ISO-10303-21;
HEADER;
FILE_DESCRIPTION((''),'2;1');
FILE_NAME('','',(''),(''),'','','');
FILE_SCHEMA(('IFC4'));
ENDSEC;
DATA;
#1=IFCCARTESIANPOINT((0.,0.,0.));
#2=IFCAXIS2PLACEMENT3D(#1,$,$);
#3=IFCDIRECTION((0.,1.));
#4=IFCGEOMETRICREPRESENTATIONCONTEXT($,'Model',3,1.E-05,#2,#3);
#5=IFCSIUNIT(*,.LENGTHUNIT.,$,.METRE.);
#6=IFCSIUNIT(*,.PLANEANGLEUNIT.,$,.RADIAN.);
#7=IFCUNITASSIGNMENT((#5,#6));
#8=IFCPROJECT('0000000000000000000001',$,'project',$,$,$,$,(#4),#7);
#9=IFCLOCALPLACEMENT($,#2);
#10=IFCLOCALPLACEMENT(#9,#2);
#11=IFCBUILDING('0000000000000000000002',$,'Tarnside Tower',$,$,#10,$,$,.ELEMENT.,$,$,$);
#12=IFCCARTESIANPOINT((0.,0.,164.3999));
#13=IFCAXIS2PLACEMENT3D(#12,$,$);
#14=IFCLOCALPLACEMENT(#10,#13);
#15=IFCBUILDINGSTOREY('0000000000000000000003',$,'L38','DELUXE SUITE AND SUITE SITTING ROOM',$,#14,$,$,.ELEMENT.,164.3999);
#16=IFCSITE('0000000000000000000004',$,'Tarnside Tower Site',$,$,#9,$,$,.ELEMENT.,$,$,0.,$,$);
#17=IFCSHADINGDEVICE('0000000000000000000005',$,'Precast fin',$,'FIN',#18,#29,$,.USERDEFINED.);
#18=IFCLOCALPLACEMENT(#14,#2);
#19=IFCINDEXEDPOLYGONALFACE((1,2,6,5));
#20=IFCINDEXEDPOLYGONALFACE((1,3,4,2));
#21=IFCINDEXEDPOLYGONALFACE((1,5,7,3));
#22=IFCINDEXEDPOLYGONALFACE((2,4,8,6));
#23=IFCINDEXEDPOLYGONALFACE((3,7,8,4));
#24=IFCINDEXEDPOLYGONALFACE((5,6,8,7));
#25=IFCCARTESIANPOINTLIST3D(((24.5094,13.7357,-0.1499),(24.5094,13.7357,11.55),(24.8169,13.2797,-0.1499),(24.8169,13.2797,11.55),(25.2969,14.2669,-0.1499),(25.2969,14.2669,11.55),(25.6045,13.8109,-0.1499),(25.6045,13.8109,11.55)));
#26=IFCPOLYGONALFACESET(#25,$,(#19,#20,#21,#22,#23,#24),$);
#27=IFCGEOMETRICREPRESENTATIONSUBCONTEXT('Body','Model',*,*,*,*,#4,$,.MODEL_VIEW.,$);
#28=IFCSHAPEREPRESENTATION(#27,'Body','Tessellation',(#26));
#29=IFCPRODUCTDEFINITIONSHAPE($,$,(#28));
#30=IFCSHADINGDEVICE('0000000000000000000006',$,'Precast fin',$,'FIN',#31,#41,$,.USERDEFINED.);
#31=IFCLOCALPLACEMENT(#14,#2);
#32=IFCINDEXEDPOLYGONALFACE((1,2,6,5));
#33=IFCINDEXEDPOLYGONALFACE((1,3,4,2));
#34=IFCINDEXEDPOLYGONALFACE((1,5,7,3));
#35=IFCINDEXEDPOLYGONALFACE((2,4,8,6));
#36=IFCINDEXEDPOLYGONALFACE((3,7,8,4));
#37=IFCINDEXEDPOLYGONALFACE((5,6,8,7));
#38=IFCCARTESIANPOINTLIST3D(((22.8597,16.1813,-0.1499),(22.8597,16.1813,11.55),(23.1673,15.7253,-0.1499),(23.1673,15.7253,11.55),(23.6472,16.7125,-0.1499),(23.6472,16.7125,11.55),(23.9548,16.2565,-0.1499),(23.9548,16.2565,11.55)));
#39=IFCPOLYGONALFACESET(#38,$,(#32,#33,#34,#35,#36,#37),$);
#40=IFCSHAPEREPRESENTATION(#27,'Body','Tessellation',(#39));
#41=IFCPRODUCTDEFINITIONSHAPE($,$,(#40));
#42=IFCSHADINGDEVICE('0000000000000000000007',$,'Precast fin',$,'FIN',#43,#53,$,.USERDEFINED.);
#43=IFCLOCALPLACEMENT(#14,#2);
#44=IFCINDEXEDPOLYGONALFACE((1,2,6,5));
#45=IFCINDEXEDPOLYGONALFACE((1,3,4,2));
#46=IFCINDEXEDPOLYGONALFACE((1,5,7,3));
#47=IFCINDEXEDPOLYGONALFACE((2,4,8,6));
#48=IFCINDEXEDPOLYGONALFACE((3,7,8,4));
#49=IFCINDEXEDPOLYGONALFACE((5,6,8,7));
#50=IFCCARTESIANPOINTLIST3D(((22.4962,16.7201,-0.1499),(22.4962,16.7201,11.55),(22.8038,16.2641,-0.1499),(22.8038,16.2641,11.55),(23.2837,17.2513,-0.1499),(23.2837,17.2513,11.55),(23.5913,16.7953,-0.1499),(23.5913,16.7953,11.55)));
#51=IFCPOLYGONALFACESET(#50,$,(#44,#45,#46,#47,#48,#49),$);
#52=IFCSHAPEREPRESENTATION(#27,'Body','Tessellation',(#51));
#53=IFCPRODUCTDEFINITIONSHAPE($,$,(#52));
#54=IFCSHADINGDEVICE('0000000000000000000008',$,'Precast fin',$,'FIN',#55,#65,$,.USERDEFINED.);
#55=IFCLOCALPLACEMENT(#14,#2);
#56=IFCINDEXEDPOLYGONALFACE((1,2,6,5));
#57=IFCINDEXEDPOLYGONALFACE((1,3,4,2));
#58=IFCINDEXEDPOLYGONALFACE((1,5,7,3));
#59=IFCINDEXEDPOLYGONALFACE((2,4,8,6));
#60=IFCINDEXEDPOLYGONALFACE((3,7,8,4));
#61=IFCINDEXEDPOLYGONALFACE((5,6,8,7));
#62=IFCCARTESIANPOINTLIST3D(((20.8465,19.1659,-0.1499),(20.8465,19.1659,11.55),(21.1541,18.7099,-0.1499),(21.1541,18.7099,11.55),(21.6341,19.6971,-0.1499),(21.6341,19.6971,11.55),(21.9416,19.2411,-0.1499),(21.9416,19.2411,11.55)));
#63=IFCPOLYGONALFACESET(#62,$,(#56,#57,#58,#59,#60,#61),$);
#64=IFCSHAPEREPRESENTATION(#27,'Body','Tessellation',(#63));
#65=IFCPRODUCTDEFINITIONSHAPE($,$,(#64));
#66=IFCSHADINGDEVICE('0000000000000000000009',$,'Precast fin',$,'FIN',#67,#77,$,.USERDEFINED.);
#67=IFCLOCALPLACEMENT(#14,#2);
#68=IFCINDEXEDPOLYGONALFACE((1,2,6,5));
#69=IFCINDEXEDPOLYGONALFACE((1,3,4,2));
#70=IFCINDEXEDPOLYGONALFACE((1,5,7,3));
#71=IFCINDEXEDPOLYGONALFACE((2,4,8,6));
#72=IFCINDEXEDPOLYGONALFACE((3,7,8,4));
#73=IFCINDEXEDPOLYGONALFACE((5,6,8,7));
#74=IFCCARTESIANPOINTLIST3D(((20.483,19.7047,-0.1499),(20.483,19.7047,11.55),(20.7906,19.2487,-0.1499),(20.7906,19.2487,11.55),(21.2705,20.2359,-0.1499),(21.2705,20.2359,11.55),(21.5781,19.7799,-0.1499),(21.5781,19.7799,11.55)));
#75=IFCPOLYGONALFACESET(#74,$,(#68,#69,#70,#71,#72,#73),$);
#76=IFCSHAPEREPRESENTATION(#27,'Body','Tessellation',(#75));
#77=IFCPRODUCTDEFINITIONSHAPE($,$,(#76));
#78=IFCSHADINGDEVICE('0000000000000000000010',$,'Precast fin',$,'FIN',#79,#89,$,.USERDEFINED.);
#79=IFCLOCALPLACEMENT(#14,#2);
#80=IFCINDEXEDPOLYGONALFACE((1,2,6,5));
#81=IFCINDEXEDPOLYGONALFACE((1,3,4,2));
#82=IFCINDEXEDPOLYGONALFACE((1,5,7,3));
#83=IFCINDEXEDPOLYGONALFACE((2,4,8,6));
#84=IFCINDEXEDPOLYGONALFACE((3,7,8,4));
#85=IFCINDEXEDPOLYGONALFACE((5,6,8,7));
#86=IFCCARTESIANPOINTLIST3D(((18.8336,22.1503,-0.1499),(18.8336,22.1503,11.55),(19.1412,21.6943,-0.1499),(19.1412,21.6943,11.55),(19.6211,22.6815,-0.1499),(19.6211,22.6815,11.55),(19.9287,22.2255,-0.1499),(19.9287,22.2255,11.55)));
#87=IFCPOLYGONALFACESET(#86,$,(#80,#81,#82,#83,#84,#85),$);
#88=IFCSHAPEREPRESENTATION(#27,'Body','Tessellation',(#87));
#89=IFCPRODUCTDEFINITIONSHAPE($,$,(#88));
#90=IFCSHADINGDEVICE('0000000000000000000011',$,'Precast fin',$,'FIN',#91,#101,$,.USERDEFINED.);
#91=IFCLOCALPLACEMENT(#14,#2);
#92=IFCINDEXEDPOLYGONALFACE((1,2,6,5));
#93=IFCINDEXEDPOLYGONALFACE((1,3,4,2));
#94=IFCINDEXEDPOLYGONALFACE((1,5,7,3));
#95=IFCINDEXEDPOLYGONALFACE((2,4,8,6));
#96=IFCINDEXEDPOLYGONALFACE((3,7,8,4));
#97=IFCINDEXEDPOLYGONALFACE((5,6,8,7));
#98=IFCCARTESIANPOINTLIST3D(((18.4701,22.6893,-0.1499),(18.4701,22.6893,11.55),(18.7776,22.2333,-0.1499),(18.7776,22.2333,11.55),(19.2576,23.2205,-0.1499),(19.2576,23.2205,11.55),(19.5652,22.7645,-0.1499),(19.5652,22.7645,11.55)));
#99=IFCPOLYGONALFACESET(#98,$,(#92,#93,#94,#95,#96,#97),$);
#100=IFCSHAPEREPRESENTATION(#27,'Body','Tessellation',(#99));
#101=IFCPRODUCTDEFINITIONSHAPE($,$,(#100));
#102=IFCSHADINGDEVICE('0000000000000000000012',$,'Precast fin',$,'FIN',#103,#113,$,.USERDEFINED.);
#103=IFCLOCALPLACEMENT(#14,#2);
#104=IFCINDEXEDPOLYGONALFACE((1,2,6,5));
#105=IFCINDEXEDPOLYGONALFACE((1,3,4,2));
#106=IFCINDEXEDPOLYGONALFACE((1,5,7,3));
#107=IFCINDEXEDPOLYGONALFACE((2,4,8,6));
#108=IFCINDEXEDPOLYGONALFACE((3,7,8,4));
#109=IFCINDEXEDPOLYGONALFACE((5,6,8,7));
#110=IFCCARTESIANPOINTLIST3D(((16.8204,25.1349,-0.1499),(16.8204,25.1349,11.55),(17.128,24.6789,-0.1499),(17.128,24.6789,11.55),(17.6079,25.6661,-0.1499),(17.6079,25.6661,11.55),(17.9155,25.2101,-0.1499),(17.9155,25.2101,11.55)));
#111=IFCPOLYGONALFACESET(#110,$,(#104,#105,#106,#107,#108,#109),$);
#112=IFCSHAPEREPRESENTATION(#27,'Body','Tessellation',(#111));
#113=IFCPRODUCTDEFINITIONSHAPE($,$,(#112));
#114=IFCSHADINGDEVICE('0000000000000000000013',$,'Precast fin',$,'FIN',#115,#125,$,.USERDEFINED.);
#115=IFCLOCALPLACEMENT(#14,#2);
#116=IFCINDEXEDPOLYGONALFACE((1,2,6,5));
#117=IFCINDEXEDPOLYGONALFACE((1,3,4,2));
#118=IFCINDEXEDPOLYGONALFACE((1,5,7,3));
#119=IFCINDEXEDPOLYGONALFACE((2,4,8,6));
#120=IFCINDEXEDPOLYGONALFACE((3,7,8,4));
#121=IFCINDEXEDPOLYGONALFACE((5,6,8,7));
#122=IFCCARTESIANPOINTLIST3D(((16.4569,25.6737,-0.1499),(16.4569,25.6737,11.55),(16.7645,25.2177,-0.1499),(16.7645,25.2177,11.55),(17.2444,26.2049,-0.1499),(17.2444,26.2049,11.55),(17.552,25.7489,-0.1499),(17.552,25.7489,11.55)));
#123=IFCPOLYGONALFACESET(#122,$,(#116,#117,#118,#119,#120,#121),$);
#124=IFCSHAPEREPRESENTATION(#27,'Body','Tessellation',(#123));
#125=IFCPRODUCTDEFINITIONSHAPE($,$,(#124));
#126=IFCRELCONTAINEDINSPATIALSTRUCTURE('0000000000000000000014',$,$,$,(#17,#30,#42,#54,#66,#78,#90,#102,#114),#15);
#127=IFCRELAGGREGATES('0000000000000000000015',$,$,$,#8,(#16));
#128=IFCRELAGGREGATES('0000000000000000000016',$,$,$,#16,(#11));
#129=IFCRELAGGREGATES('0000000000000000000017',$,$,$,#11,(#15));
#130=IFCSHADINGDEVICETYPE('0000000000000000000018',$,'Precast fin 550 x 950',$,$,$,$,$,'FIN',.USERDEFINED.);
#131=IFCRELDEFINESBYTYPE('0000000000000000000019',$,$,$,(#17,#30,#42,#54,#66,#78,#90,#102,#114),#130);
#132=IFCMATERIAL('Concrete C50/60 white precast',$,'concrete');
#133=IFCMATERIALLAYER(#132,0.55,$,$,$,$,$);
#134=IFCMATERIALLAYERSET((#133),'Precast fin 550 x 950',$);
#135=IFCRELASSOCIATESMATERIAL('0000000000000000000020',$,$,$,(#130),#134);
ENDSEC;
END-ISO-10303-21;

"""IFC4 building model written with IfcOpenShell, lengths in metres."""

from ifc_helpers import new_model, si_unit, direction, frame, origin, place, context, subcontext, project, spatial, polyline, outline, extrude, material, layer, layer_set, type_object, element, save


model = new_model("IFC4")

# Units and contexts
model_context = context("Model", 3, precision=1e-05, world=origin(), true_north=direction((0.0, 1.0)))
body_context = subcontext(model_context, "Body", "Model", "MODEL_VIEW")
ifc_project = project(units=[si_unit("LENGTHUNIT", "METRE"), si_unit("PLANEANGLEUNIT", "RADIAN")], contexts=[model_context])

# Site, building, storey
site_placement = place(None, origin())
site = spatial("IfcSite", under=ifc_project, at=site_placement, Name="Tarnside Tower Site", CompositionType="ELEMENT", RefElevation=0.0)
building_placement = place(site_placement, origin())
building = spatial("IfcBuilding", under=site, at=building_placement, Name="Tarnside Tower", CompositionType="ELEMENT")
storey_placement = place(building_placement, frame((0.0, 0.0, 164.3999)))
storey = spatial("IfcBuildingStorey", under=building, at=storey_placement, Name="L38", Description="DELUXE SUITE AND SUITE SITTING ROOM", CompositionType="ELEMENT", Elevation=164.3999)

# Shading devices
ifc_material_1 = material(Name="Concrete C50/60 white precast", Category="concrete")
ifc_layer_1 = layer(ifc_material_1, 0.55)
ifc_layer_set_1 = layer_set([ifc_layer_1], Name="Precast fin 550 x 950")
shading_device_type_1 = type_object("IfcShadingDeviceType", Name="Precast fin 550 x 950", ElementType="FIN", PredefinedType="USERDEFINED", material=ifc_layer_set_1)
for number, where, z_axis, x_axis, name in (
    (1, (24.6631, 13.5078, -0.1499), (0.559193, -0.829038, 0.0), (0.829038, 0.559193, 0.0), "Precast fin"),
    (2, (23.0134, 15.9534, -0.1499), (0.559193, -0.829038, 0.0), (0.829038, 0.559193, 0.0), "Precast fin"),
    (3, (22.6499, 16.4922, -0.1499), (0.559193, -0.829038, 0.0), (0.829038, 0.559193, 0.0), "Precast fin"),
    (4, (21.0002, 18.938, -0.1499), (0.559193, -0.829038, 0.0), (0.829038, 0.559193, 0.0), "Precast fin"),
    (5, (20.6367, 19.4768, -0.1499), (0.559193, -0.829038, 0.0), (0.829038, 0.559193, 0.0), "Precast fin"),
    (6, (18.9873, 21.9224, -0.1499), (0.559193, -0.829038, 0.0), (0.829038, 0.559193, 0.0), "Precast fin"),
    (7, (18.6238, 22.4614, -0.1499), (0.559193, -0.829038, 0.0), (0.829038, 0.559193, 0.0), "Precast fin"),
    (8, (16.9741, 24.907, -0.1499), (0.559193, -0.829038, 0.0), (0.829038, 0.559193, 0.0), "Precast fin"),
    (9, (16.6106, 25.4458, -0.1499), (0.559193, -0.829038, 0.0), (0.829038, 0.559193, 0.0), "Precast fin"),
):
    element("IfcShadingDevice", number, at=place(storey_placement, frame(where, z_axis=z_axis, x_axis=x_axis)), inside=storey, type_object=shading_device_type_1, Name=name, ObjectType="FIN", PredefinedType="USERDEFINED", context=body_context, shape_type="SweptSolid", body=[
        extrude(outline(polyline([(0.0, 0.0), (0.95, 0.0), (0.95, 11.7), (0.0, 11.7), (0.0, 0.0)])), frame((0.0, 0.0, -0.2749)), (0.0, 0.0, 1.0), 0.55),
    ])

save(model, "model.ifc")
